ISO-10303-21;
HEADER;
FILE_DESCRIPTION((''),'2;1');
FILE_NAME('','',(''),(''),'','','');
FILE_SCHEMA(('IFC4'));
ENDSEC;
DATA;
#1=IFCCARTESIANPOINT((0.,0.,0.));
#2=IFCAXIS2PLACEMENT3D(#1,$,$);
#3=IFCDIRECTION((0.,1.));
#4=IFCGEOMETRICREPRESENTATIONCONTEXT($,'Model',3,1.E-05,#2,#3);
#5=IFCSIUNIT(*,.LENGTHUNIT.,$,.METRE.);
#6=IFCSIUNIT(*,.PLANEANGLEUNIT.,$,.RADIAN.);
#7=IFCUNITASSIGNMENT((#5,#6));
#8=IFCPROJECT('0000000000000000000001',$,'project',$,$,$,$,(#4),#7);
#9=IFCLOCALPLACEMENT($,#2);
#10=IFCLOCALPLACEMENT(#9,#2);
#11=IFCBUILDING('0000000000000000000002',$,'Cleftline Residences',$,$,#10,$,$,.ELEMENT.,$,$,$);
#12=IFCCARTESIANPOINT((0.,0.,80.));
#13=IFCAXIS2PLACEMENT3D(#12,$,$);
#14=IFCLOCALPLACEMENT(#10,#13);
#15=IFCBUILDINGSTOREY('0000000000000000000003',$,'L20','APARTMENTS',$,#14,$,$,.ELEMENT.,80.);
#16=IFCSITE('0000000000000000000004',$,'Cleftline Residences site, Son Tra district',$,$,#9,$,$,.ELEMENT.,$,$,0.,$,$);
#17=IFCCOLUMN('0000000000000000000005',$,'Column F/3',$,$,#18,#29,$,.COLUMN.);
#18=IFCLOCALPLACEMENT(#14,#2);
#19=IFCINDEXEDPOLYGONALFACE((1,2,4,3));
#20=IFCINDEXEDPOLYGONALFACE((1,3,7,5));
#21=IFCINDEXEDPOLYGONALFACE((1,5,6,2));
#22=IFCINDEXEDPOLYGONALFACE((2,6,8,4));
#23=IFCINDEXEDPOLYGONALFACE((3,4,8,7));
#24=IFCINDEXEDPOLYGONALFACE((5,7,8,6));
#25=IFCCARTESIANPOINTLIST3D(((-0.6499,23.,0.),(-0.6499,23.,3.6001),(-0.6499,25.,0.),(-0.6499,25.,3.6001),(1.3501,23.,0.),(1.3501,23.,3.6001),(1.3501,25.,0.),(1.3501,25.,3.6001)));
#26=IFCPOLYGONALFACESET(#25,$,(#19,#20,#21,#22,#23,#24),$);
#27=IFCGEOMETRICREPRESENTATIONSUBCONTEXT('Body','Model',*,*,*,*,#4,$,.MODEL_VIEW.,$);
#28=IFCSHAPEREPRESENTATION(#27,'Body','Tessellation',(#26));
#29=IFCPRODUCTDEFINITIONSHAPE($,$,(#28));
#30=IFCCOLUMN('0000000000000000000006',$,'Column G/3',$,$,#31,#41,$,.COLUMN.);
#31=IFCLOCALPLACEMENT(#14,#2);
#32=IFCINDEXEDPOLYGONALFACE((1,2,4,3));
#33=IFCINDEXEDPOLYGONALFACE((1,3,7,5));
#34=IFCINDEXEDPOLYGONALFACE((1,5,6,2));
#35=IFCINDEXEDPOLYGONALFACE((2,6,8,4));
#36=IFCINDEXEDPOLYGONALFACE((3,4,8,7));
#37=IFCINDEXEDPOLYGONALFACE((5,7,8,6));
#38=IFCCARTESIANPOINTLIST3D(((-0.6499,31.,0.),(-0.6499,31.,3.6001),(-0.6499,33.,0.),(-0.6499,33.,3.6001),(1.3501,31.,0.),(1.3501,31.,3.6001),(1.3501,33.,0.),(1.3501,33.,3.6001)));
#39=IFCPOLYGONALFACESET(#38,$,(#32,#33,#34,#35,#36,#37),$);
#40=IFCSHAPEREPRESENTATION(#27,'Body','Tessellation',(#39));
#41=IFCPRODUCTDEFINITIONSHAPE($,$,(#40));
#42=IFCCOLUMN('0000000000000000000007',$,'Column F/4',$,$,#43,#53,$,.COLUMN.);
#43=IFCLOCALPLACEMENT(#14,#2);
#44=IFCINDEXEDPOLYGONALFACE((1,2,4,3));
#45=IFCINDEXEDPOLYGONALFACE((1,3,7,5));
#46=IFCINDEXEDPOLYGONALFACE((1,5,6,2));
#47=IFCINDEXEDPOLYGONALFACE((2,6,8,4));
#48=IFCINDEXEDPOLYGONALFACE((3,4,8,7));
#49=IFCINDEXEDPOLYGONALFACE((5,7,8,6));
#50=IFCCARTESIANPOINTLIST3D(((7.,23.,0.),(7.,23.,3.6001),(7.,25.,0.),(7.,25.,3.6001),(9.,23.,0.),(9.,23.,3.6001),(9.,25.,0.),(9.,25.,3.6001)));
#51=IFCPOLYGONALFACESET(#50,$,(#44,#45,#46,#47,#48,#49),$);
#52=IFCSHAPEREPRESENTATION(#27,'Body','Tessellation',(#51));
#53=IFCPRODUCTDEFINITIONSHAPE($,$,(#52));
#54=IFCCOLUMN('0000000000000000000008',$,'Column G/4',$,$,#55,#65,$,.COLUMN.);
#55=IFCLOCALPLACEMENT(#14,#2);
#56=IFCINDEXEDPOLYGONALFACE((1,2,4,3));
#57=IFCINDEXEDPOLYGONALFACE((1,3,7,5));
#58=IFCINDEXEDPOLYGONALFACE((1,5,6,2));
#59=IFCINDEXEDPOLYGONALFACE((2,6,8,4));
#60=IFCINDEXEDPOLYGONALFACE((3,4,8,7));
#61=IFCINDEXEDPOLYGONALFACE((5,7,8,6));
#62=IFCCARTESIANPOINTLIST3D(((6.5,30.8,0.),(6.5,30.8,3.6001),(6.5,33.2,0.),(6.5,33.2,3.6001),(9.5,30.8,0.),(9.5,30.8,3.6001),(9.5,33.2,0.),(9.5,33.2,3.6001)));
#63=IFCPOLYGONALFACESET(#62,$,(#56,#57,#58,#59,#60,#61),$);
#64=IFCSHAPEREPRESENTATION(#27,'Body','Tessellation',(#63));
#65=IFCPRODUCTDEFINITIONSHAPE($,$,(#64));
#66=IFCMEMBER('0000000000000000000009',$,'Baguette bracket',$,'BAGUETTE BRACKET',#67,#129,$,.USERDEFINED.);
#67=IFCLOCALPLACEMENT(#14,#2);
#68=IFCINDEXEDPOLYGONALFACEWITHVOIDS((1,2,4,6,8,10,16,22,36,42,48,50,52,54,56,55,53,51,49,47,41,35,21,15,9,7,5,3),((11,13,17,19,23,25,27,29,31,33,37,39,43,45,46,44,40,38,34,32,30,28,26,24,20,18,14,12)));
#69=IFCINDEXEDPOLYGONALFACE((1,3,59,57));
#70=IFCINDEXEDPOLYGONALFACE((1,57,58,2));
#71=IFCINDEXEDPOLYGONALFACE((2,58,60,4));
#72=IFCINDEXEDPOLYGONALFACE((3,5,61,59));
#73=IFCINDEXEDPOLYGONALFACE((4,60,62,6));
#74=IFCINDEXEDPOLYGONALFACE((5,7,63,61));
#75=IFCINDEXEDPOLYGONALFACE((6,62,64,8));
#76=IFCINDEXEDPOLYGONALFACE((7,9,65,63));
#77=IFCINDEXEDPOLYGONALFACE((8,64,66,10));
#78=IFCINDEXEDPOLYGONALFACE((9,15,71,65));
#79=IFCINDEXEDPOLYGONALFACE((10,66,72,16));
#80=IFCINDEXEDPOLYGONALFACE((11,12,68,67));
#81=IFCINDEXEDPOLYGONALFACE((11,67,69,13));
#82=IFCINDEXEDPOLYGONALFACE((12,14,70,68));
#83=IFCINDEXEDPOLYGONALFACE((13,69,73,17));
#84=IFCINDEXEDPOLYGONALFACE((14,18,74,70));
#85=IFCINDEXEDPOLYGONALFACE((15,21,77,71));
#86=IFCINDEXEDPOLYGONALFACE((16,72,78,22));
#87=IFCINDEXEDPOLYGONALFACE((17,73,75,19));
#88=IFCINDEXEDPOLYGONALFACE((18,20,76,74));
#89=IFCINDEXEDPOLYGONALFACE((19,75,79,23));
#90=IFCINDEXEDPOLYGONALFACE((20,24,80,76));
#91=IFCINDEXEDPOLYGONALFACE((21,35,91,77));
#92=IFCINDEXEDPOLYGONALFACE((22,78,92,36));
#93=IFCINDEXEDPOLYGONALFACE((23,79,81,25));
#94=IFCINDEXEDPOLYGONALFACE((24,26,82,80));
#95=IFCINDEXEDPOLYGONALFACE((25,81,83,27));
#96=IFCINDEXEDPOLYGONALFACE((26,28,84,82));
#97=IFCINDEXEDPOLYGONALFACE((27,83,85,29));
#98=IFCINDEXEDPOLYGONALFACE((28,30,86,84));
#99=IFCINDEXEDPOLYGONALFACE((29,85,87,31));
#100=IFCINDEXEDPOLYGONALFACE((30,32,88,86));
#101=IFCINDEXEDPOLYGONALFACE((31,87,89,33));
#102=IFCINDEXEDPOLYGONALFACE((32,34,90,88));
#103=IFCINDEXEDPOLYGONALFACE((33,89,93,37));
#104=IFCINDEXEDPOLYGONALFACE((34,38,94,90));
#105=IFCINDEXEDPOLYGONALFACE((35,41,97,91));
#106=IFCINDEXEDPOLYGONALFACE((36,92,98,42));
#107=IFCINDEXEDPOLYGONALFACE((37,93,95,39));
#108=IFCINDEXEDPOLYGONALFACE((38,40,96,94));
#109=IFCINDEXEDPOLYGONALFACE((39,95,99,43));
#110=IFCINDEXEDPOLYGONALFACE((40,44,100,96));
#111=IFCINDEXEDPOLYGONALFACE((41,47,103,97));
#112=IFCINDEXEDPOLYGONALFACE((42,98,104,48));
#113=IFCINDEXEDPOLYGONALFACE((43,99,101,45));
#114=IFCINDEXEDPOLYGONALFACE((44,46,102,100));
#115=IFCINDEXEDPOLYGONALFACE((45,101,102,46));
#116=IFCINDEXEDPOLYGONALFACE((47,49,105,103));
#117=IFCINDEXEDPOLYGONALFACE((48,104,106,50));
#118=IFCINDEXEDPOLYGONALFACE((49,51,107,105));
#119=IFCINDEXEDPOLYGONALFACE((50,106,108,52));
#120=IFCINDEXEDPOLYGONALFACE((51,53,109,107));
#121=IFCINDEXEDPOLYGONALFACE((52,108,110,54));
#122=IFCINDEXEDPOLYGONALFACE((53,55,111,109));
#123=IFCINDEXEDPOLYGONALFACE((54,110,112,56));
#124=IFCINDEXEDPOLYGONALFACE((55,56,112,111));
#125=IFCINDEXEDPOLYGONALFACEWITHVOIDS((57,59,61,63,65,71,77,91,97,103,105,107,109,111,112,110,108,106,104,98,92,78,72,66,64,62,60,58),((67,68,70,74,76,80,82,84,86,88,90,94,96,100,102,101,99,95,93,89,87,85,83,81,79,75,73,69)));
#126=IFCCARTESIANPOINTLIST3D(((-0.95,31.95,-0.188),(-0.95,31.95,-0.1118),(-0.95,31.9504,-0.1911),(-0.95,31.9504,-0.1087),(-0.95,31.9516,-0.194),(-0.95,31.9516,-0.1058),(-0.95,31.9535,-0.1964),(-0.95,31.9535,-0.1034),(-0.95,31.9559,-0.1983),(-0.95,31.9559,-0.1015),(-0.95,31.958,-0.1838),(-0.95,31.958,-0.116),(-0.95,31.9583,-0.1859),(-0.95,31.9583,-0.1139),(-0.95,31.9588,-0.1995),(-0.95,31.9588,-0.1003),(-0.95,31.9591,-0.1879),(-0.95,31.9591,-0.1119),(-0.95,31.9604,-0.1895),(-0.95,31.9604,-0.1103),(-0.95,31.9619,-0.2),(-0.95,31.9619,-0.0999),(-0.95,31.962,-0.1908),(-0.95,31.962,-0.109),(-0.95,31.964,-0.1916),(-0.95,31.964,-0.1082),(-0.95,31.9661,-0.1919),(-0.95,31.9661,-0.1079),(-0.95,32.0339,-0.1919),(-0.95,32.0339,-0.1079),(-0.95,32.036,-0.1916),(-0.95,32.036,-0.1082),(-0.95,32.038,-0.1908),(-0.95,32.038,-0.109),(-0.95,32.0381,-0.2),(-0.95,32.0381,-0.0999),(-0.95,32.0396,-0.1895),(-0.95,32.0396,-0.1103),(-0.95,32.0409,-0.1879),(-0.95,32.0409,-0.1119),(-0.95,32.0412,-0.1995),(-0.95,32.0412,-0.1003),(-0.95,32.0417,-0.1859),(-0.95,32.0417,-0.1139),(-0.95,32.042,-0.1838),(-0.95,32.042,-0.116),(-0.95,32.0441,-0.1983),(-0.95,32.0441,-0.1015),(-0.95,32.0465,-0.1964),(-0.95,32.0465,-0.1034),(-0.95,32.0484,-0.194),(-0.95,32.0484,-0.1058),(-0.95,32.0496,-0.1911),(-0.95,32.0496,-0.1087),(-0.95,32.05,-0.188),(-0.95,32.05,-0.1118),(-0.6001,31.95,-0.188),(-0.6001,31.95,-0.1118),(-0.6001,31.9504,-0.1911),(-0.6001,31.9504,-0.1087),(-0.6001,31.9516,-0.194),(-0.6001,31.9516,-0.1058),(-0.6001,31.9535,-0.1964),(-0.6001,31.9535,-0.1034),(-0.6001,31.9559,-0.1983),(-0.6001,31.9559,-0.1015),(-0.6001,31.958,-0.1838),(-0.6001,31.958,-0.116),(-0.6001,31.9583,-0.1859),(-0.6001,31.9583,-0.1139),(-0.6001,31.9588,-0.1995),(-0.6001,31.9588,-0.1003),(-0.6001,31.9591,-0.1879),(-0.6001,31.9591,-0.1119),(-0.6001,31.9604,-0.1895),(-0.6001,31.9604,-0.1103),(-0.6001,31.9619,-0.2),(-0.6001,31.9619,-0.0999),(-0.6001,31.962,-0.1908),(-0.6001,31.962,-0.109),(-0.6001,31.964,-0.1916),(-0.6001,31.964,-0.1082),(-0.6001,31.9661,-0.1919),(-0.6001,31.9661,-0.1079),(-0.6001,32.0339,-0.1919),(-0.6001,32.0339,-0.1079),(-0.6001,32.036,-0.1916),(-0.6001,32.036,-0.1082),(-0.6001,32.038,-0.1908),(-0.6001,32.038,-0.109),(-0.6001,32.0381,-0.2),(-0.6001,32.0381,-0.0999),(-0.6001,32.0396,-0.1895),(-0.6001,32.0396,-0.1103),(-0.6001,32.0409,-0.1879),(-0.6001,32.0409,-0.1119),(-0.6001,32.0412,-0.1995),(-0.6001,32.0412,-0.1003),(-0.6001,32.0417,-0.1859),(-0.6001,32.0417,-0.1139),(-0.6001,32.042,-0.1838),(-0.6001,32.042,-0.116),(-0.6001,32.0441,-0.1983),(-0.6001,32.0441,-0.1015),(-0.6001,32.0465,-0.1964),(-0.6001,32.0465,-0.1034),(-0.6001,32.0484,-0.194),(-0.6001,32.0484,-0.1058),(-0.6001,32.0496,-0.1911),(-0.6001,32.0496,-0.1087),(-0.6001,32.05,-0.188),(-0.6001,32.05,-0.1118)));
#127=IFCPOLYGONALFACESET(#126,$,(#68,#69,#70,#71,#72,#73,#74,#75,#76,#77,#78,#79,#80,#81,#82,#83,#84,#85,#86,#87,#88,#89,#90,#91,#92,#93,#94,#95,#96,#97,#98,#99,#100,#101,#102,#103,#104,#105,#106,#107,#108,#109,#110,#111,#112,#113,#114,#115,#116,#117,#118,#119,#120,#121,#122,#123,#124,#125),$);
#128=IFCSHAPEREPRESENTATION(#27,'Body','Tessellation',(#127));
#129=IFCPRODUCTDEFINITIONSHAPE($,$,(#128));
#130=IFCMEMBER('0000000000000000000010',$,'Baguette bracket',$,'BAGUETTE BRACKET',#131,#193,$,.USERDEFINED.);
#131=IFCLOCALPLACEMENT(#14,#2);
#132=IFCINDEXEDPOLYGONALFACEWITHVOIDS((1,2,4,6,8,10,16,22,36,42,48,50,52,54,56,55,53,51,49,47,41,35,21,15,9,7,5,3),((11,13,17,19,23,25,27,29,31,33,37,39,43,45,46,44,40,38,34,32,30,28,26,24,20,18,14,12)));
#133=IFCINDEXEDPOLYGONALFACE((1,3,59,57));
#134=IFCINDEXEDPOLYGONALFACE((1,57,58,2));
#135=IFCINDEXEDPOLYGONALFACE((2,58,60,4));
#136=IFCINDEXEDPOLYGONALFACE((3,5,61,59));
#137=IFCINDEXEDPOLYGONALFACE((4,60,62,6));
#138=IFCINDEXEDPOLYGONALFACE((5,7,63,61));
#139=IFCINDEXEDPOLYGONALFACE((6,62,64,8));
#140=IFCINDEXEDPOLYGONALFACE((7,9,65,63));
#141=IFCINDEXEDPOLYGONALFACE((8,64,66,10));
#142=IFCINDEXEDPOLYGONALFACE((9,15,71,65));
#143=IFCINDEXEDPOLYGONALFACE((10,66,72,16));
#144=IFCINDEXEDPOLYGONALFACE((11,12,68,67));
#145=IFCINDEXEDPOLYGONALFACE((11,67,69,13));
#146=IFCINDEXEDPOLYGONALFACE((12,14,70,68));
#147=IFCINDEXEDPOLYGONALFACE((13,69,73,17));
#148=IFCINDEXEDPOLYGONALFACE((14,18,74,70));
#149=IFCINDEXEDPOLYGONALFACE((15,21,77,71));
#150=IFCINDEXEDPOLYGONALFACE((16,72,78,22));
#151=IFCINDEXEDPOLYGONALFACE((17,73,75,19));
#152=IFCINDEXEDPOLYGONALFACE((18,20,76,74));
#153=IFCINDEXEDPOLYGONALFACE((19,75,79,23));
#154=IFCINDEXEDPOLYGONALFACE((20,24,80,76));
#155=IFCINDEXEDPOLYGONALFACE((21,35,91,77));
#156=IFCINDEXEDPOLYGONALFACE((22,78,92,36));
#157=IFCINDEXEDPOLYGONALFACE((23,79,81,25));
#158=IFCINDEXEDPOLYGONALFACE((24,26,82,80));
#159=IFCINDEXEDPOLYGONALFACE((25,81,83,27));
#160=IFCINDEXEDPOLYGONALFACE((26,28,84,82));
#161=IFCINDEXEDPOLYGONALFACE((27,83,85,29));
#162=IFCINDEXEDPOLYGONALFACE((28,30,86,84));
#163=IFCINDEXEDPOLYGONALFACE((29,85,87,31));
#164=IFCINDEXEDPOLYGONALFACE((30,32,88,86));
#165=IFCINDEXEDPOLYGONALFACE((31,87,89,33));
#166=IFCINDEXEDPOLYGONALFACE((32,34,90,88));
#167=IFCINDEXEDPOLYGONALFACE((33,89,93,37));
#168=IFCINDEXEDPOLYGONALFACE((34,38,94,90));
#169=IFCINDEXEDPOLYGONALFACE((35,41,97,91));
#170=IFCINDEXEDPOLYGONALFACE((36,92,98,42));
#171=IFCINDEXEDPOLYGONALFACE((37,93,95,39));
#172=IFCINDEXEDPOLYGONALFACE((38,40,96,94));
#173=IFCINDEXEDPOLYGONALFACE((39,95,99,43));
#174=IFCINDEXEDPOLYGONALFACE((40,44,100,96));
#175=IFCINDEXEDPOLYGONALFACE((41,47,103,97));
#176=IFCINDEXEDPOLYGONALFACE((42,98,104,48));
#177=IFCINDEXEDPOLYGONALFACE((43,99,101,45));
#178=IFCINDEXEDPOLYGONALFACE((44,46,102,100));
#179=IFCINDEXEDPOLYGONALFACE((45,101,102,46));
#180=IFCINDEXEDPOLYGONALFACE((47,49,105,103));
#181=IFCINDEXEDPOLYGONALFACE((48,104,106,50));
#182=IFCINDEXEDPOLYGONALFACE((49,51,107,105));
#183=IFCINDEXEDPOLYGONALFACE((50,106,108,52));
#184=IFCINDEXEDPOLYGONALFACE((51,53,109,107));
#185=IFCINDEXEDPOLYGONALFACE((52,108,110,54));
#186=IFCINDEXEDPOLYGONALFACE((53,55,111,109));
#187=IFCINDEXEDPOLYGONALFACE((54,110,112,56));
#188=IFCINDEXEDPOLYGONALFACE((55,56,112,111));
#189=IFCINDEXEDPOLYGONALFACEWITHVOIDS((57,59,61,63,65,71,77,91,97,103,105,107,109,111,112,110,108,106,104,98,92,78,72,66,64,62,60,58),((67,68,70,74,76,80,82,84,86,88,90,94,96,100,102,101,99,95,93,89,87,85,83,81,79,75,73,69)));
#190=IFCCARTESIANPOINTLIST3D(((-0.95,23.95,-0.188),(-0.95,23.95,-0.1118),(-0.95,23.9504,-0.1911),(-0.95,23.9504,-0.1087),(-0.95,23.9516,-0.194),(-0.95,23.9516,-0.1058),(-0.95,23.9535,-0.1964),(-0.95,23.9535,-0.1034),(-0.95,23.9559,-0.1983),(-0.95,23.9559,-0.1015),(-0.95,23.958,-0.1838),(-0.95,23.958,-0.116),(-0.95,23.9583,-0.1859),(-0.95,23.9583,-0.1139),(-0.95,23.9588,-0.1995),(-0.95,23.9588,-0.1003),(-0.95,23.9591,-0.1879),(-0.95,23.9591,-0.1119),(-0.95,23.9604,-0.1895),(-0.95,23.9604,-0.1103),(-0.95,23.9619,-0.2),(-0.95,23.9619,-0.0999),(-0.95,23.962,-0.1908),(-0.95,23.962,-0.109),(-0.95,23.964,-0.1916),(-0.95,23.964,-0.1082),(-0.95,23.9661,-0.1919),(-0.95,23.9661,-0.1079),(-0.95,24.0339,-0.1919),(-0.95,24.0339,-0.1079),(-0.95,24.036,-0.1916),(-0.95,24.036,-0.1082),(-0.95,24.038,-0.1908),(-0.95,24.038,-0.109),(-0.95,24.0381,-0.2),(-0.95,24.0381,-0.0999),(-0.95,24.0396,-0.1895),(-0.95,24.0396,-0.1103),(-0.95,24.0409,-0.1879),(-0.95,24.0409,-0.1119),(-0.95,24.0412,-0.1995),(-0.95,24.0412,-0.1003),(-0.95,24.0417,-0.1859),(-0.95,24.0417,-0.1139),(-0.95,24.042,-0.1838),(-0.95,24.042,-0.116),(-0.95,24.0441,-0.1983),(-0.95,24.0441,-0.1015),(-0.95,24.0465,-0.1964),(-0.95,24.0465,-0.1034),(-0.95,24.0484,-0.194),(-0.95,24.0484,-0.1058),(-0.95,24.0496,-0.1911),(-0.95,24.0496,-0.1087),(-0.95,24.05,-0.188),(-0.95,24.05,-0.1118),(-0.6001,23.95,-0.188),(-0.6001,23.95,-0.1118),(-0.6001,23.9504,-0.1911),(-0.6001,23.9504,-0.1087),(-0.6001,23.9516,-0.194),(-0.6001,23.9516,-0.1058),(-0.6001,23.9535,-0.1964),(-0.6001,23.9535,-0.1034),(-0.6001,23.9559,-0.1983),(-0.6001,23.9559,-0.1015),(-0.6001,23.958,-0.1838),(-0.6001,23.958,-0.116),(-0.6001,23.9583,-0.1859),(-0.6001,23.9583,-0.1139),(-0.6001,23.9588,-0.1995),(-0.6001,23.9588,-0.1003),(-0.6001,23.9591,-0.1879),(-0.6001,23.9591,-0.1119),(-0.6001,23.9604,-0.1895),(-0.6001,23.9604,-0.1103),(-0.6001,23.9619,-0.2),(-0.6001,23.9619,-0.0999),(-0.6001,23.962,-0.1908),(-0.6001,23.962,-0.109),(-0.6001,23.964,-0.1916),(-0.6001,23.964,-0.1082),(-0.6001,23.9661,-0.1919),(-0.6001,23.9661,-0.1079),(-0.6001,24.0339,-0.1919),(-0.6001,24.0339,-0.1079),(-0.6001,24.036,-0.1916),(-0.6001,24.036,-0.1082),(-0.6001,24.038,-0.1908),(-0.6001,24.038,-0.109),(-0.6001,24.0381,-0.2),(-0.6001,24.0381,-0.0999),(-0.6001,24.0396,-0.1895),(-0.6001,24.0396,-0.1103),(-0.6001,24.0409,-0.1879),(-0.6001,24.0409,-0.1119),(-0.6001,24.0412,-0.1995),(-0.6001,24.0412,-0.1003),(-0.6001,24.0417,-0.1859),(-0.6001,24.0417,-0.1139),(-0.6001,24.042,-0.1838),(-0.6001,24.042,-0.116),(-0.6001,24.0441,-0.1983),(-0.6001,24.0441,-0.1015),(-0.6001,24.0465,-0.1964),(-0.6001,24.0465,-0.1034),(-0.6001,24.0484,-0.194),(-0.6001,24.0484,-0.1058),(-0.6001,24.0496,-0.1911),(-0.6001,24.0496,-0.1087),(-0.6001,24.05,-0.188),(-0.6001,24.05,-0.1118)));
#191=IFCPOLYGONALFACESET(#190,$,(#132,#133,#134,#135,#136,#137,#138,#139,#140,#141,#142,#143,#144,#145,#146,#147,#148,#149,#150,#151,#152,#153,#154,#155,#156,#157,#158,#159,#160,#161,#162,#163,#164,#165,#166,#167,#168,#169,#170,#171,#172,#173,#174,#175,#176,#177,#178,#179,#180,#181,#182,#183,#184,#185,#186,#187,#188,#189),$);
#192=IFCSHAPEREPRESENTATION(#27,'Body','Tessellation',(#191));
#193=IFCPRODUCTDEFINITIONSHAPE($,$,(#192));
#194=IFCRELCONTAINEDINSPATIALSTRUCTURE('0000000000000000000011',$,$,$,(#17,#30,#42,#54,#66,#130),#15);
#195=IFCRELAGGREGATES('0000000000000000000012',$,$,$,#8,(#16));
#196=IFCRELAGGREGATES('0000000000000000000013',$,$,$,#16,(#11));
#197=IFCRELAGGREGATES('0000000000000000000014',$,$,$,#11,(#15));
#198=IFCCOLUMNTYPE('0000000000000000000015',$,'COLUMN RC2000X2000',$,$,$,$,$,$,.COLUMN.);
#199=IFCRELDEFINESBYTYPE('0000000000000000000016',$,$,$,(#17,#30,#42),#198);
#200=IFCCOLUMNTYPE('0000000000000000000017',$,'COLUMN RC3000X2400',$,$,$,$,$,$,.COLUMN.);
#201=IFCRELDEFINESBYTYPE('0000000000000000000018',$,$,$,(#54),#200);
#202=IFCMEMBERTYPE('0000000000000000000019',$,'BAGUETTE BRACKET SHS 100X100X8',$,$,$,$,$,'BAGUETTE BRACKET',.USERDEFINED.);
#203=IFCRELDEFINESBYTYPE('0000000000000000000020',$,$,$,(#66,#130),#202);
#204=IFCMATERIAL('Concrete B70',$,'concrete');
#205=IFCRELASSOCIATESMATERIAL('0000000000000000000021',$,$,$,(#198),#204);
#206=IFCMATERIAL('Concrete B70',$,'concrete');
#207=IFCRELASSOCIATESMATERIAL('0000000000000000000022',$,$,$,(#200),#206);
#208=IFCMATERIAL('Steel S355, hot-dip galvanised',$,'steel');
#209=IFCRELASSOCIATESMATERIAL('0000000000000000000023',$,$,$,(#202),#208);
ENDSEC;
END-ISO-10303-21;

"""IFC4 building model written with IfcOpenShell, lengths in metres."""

from ifc_helpers import new_model, si_unit, direction, frame, origin, origin_2d, place, context, subcontext, project, spatial, rectangle, hollow_rectangle, extrude, material, material_profile, profile_set, type_object, element, save


model = new_model("IFC4")

# Units and contexts
model_context = context("Model", 3, precision=1e-05, world=origin(), true_north=direction((0.0, 1.0)))
body_context = subcontext(model_context, "Body", "Model", "MODEL_VIEW")
ifc_project = project(units=[si_unit("LENGTHUNIT", "METRE"), si_unit("PLANEANGLEUNIT", "RADIAN")], contexts=[model_context])

# Site, building, storey
site_placement = place(None, origin())
site = spatial("IfcSite", under=ifc_project, at=site_placement, Name="Cleftline Residences site, Son Tra district", CompositionType="ELEMENT", RefElevation=0.0)
building_placement = place(site_placement, origin())
building = spatial("IfcBuilding", under=site, at=building_placement, Name="Cleftline Residences", CompositionType="ELEMENT")
storey_placement = place(building_placement, frame((0.0, 0.0, 80.0)))
storey = spatial("IfcBuildingStorey", under=building, at=storey_placement, Name="L20", Description="APARTMENTS", CompositionType="ELEMENT", Elevation=80.0)

# Columns
ifc_material_1 = material(Name="Concrete B70", Category="concrete")
ifc_material_profile_1 = material_profile(ifc_material_1, rectangle(XDim=2.0, YDim=2.0, at=origin_2d()))
ifc_profile_set_1 = profile_set([ifc_material_profile_1], Name="Concrete B70")
column_type_1 = type_object("IfcColumnType", Name="COLUMN RC2000X2000", PredefinedType="COLUMN", material=ifc_profile_set_1)
for number, where, z_axis, x_axis, name in (
    (1, (0.3501, 24.0, 0.0), (0.0, 0.0, 1.0), (1.0, 0.0, 0.0), "Column F/3"),
    (2, (0.3501, 32.0, 0.0), (0.0, 0.0, 1.0), (1.0, 0.0, 0.0), "Column G/3"),
    (3, (8.0, 24.0, 0.0), (0.0, 0.0, 1.0), (1.0, 0.0, 0.0), "Column F/4"),
):
    element("IfcColumn", number, at=place(storey_placement, frame(where, z_axis=z_axis, x_axis=x_axis)), inside=storey, type_object=column_type_1, Name=name, PredefinedType="COLUMN", context=body_context, shape_type="SweptSolid", body=[
        extrude(rectangle(XDim=2.0, YDim=2.0, at=origin_2d()), origin(), (0.0, 0.0, 1.0), 3.6001),
    ])
ifc_material_2 = material(Name="Concrete B70", Category="concrete")
ifc_material_profile_2 = material_profile(ifc_material_2, rectangle(XDim=3.0, YDim=2.3999, at=origin_2d()))
ifc_profile_set_2 = profile_set([ifc_material_profile_2], Name="Concrete B70")
column_type_2 = type_object("IfcColumnType", Name="COLUMN RC3000X2400", PredefinedType="COLUMN", material=ifc_profile_set_2)
column_placement = place(storey_placement, frame((8.0, 32.0, 0.0), z_axis=(0.0, 0.0, 1.0), x_axis=(1.0, 0.0, 0.0)))
element("IfcColumn", 4, at=column_placement, inside=storey, type_object=column_type_2, Name="Column G/4", PredefinedType="COLUMN", context=body_context, shape_type="SweptSolid", body=[
    extrude(rectangle(XDim=3.0, YDim=2.3999, at=origin_2d()), origin(), (0.0, 0.0, 1.0), 3.6001),
])

# Members
ifc_material_3 = material(Name="Steel S355, hot-dip galvanised", Category="steel")
ifc_material_profile_3 = material_profile(ifc_material_3, hollow_rectangle(XDim=0.1001, YDim=0.1001, WallThickness=0.0081, InnerFilletRadius=0.0081, OuterFilletRadius=0.012, at=origin_2d()))
ifc_profile_set_3 = profile_set([ifc_material_profile_3], Name="Steel S355, hot-dip galvanised")
member_type_1 = type_object("IfcMemberType", Name="BAGUETTE BRACKET SHS 100X100X8", ElementType="BAGUETTE BRACKET", PredefinedType="USERDEFINED", material=ifc_profile_set_3)
for number, where, z_axis, x_axis, name in (
    (5, (-0.6001, 32.0, -0.1499), (-1.0, 0.0, 0.0), (0.0, -1.0, 0.0), "Baguette bracket"),
    (6, (-0.6001, 24.0, -0.1499), (-1.0, 0.0, 0.0), (0.0, -1.0, 0.0), "Baguette bracket"),
):
    element("IfcMember", number, at=place(storey_placement, frame(where, z_axis=z_axis, x_axis=x_axis)), inside=storey, type_object=member_type_1, Name=name, ObjectType="BAGUETTE BRACKET", PredefinedType="USERDEFINED", context=body_context, shape_type="SweptSolid", body=[
        extrude(hollow_rectangle(XDim=0.1001, YDim=0.1001, WallThickness=0.0081, InnerFilletRadius=0.0081, OuterFilletRadius=0.012, at=origin_2d()), origin(), (0.0, 0.0, 1.0), 0.3499),
    ])

save(model, "model.ifc")
